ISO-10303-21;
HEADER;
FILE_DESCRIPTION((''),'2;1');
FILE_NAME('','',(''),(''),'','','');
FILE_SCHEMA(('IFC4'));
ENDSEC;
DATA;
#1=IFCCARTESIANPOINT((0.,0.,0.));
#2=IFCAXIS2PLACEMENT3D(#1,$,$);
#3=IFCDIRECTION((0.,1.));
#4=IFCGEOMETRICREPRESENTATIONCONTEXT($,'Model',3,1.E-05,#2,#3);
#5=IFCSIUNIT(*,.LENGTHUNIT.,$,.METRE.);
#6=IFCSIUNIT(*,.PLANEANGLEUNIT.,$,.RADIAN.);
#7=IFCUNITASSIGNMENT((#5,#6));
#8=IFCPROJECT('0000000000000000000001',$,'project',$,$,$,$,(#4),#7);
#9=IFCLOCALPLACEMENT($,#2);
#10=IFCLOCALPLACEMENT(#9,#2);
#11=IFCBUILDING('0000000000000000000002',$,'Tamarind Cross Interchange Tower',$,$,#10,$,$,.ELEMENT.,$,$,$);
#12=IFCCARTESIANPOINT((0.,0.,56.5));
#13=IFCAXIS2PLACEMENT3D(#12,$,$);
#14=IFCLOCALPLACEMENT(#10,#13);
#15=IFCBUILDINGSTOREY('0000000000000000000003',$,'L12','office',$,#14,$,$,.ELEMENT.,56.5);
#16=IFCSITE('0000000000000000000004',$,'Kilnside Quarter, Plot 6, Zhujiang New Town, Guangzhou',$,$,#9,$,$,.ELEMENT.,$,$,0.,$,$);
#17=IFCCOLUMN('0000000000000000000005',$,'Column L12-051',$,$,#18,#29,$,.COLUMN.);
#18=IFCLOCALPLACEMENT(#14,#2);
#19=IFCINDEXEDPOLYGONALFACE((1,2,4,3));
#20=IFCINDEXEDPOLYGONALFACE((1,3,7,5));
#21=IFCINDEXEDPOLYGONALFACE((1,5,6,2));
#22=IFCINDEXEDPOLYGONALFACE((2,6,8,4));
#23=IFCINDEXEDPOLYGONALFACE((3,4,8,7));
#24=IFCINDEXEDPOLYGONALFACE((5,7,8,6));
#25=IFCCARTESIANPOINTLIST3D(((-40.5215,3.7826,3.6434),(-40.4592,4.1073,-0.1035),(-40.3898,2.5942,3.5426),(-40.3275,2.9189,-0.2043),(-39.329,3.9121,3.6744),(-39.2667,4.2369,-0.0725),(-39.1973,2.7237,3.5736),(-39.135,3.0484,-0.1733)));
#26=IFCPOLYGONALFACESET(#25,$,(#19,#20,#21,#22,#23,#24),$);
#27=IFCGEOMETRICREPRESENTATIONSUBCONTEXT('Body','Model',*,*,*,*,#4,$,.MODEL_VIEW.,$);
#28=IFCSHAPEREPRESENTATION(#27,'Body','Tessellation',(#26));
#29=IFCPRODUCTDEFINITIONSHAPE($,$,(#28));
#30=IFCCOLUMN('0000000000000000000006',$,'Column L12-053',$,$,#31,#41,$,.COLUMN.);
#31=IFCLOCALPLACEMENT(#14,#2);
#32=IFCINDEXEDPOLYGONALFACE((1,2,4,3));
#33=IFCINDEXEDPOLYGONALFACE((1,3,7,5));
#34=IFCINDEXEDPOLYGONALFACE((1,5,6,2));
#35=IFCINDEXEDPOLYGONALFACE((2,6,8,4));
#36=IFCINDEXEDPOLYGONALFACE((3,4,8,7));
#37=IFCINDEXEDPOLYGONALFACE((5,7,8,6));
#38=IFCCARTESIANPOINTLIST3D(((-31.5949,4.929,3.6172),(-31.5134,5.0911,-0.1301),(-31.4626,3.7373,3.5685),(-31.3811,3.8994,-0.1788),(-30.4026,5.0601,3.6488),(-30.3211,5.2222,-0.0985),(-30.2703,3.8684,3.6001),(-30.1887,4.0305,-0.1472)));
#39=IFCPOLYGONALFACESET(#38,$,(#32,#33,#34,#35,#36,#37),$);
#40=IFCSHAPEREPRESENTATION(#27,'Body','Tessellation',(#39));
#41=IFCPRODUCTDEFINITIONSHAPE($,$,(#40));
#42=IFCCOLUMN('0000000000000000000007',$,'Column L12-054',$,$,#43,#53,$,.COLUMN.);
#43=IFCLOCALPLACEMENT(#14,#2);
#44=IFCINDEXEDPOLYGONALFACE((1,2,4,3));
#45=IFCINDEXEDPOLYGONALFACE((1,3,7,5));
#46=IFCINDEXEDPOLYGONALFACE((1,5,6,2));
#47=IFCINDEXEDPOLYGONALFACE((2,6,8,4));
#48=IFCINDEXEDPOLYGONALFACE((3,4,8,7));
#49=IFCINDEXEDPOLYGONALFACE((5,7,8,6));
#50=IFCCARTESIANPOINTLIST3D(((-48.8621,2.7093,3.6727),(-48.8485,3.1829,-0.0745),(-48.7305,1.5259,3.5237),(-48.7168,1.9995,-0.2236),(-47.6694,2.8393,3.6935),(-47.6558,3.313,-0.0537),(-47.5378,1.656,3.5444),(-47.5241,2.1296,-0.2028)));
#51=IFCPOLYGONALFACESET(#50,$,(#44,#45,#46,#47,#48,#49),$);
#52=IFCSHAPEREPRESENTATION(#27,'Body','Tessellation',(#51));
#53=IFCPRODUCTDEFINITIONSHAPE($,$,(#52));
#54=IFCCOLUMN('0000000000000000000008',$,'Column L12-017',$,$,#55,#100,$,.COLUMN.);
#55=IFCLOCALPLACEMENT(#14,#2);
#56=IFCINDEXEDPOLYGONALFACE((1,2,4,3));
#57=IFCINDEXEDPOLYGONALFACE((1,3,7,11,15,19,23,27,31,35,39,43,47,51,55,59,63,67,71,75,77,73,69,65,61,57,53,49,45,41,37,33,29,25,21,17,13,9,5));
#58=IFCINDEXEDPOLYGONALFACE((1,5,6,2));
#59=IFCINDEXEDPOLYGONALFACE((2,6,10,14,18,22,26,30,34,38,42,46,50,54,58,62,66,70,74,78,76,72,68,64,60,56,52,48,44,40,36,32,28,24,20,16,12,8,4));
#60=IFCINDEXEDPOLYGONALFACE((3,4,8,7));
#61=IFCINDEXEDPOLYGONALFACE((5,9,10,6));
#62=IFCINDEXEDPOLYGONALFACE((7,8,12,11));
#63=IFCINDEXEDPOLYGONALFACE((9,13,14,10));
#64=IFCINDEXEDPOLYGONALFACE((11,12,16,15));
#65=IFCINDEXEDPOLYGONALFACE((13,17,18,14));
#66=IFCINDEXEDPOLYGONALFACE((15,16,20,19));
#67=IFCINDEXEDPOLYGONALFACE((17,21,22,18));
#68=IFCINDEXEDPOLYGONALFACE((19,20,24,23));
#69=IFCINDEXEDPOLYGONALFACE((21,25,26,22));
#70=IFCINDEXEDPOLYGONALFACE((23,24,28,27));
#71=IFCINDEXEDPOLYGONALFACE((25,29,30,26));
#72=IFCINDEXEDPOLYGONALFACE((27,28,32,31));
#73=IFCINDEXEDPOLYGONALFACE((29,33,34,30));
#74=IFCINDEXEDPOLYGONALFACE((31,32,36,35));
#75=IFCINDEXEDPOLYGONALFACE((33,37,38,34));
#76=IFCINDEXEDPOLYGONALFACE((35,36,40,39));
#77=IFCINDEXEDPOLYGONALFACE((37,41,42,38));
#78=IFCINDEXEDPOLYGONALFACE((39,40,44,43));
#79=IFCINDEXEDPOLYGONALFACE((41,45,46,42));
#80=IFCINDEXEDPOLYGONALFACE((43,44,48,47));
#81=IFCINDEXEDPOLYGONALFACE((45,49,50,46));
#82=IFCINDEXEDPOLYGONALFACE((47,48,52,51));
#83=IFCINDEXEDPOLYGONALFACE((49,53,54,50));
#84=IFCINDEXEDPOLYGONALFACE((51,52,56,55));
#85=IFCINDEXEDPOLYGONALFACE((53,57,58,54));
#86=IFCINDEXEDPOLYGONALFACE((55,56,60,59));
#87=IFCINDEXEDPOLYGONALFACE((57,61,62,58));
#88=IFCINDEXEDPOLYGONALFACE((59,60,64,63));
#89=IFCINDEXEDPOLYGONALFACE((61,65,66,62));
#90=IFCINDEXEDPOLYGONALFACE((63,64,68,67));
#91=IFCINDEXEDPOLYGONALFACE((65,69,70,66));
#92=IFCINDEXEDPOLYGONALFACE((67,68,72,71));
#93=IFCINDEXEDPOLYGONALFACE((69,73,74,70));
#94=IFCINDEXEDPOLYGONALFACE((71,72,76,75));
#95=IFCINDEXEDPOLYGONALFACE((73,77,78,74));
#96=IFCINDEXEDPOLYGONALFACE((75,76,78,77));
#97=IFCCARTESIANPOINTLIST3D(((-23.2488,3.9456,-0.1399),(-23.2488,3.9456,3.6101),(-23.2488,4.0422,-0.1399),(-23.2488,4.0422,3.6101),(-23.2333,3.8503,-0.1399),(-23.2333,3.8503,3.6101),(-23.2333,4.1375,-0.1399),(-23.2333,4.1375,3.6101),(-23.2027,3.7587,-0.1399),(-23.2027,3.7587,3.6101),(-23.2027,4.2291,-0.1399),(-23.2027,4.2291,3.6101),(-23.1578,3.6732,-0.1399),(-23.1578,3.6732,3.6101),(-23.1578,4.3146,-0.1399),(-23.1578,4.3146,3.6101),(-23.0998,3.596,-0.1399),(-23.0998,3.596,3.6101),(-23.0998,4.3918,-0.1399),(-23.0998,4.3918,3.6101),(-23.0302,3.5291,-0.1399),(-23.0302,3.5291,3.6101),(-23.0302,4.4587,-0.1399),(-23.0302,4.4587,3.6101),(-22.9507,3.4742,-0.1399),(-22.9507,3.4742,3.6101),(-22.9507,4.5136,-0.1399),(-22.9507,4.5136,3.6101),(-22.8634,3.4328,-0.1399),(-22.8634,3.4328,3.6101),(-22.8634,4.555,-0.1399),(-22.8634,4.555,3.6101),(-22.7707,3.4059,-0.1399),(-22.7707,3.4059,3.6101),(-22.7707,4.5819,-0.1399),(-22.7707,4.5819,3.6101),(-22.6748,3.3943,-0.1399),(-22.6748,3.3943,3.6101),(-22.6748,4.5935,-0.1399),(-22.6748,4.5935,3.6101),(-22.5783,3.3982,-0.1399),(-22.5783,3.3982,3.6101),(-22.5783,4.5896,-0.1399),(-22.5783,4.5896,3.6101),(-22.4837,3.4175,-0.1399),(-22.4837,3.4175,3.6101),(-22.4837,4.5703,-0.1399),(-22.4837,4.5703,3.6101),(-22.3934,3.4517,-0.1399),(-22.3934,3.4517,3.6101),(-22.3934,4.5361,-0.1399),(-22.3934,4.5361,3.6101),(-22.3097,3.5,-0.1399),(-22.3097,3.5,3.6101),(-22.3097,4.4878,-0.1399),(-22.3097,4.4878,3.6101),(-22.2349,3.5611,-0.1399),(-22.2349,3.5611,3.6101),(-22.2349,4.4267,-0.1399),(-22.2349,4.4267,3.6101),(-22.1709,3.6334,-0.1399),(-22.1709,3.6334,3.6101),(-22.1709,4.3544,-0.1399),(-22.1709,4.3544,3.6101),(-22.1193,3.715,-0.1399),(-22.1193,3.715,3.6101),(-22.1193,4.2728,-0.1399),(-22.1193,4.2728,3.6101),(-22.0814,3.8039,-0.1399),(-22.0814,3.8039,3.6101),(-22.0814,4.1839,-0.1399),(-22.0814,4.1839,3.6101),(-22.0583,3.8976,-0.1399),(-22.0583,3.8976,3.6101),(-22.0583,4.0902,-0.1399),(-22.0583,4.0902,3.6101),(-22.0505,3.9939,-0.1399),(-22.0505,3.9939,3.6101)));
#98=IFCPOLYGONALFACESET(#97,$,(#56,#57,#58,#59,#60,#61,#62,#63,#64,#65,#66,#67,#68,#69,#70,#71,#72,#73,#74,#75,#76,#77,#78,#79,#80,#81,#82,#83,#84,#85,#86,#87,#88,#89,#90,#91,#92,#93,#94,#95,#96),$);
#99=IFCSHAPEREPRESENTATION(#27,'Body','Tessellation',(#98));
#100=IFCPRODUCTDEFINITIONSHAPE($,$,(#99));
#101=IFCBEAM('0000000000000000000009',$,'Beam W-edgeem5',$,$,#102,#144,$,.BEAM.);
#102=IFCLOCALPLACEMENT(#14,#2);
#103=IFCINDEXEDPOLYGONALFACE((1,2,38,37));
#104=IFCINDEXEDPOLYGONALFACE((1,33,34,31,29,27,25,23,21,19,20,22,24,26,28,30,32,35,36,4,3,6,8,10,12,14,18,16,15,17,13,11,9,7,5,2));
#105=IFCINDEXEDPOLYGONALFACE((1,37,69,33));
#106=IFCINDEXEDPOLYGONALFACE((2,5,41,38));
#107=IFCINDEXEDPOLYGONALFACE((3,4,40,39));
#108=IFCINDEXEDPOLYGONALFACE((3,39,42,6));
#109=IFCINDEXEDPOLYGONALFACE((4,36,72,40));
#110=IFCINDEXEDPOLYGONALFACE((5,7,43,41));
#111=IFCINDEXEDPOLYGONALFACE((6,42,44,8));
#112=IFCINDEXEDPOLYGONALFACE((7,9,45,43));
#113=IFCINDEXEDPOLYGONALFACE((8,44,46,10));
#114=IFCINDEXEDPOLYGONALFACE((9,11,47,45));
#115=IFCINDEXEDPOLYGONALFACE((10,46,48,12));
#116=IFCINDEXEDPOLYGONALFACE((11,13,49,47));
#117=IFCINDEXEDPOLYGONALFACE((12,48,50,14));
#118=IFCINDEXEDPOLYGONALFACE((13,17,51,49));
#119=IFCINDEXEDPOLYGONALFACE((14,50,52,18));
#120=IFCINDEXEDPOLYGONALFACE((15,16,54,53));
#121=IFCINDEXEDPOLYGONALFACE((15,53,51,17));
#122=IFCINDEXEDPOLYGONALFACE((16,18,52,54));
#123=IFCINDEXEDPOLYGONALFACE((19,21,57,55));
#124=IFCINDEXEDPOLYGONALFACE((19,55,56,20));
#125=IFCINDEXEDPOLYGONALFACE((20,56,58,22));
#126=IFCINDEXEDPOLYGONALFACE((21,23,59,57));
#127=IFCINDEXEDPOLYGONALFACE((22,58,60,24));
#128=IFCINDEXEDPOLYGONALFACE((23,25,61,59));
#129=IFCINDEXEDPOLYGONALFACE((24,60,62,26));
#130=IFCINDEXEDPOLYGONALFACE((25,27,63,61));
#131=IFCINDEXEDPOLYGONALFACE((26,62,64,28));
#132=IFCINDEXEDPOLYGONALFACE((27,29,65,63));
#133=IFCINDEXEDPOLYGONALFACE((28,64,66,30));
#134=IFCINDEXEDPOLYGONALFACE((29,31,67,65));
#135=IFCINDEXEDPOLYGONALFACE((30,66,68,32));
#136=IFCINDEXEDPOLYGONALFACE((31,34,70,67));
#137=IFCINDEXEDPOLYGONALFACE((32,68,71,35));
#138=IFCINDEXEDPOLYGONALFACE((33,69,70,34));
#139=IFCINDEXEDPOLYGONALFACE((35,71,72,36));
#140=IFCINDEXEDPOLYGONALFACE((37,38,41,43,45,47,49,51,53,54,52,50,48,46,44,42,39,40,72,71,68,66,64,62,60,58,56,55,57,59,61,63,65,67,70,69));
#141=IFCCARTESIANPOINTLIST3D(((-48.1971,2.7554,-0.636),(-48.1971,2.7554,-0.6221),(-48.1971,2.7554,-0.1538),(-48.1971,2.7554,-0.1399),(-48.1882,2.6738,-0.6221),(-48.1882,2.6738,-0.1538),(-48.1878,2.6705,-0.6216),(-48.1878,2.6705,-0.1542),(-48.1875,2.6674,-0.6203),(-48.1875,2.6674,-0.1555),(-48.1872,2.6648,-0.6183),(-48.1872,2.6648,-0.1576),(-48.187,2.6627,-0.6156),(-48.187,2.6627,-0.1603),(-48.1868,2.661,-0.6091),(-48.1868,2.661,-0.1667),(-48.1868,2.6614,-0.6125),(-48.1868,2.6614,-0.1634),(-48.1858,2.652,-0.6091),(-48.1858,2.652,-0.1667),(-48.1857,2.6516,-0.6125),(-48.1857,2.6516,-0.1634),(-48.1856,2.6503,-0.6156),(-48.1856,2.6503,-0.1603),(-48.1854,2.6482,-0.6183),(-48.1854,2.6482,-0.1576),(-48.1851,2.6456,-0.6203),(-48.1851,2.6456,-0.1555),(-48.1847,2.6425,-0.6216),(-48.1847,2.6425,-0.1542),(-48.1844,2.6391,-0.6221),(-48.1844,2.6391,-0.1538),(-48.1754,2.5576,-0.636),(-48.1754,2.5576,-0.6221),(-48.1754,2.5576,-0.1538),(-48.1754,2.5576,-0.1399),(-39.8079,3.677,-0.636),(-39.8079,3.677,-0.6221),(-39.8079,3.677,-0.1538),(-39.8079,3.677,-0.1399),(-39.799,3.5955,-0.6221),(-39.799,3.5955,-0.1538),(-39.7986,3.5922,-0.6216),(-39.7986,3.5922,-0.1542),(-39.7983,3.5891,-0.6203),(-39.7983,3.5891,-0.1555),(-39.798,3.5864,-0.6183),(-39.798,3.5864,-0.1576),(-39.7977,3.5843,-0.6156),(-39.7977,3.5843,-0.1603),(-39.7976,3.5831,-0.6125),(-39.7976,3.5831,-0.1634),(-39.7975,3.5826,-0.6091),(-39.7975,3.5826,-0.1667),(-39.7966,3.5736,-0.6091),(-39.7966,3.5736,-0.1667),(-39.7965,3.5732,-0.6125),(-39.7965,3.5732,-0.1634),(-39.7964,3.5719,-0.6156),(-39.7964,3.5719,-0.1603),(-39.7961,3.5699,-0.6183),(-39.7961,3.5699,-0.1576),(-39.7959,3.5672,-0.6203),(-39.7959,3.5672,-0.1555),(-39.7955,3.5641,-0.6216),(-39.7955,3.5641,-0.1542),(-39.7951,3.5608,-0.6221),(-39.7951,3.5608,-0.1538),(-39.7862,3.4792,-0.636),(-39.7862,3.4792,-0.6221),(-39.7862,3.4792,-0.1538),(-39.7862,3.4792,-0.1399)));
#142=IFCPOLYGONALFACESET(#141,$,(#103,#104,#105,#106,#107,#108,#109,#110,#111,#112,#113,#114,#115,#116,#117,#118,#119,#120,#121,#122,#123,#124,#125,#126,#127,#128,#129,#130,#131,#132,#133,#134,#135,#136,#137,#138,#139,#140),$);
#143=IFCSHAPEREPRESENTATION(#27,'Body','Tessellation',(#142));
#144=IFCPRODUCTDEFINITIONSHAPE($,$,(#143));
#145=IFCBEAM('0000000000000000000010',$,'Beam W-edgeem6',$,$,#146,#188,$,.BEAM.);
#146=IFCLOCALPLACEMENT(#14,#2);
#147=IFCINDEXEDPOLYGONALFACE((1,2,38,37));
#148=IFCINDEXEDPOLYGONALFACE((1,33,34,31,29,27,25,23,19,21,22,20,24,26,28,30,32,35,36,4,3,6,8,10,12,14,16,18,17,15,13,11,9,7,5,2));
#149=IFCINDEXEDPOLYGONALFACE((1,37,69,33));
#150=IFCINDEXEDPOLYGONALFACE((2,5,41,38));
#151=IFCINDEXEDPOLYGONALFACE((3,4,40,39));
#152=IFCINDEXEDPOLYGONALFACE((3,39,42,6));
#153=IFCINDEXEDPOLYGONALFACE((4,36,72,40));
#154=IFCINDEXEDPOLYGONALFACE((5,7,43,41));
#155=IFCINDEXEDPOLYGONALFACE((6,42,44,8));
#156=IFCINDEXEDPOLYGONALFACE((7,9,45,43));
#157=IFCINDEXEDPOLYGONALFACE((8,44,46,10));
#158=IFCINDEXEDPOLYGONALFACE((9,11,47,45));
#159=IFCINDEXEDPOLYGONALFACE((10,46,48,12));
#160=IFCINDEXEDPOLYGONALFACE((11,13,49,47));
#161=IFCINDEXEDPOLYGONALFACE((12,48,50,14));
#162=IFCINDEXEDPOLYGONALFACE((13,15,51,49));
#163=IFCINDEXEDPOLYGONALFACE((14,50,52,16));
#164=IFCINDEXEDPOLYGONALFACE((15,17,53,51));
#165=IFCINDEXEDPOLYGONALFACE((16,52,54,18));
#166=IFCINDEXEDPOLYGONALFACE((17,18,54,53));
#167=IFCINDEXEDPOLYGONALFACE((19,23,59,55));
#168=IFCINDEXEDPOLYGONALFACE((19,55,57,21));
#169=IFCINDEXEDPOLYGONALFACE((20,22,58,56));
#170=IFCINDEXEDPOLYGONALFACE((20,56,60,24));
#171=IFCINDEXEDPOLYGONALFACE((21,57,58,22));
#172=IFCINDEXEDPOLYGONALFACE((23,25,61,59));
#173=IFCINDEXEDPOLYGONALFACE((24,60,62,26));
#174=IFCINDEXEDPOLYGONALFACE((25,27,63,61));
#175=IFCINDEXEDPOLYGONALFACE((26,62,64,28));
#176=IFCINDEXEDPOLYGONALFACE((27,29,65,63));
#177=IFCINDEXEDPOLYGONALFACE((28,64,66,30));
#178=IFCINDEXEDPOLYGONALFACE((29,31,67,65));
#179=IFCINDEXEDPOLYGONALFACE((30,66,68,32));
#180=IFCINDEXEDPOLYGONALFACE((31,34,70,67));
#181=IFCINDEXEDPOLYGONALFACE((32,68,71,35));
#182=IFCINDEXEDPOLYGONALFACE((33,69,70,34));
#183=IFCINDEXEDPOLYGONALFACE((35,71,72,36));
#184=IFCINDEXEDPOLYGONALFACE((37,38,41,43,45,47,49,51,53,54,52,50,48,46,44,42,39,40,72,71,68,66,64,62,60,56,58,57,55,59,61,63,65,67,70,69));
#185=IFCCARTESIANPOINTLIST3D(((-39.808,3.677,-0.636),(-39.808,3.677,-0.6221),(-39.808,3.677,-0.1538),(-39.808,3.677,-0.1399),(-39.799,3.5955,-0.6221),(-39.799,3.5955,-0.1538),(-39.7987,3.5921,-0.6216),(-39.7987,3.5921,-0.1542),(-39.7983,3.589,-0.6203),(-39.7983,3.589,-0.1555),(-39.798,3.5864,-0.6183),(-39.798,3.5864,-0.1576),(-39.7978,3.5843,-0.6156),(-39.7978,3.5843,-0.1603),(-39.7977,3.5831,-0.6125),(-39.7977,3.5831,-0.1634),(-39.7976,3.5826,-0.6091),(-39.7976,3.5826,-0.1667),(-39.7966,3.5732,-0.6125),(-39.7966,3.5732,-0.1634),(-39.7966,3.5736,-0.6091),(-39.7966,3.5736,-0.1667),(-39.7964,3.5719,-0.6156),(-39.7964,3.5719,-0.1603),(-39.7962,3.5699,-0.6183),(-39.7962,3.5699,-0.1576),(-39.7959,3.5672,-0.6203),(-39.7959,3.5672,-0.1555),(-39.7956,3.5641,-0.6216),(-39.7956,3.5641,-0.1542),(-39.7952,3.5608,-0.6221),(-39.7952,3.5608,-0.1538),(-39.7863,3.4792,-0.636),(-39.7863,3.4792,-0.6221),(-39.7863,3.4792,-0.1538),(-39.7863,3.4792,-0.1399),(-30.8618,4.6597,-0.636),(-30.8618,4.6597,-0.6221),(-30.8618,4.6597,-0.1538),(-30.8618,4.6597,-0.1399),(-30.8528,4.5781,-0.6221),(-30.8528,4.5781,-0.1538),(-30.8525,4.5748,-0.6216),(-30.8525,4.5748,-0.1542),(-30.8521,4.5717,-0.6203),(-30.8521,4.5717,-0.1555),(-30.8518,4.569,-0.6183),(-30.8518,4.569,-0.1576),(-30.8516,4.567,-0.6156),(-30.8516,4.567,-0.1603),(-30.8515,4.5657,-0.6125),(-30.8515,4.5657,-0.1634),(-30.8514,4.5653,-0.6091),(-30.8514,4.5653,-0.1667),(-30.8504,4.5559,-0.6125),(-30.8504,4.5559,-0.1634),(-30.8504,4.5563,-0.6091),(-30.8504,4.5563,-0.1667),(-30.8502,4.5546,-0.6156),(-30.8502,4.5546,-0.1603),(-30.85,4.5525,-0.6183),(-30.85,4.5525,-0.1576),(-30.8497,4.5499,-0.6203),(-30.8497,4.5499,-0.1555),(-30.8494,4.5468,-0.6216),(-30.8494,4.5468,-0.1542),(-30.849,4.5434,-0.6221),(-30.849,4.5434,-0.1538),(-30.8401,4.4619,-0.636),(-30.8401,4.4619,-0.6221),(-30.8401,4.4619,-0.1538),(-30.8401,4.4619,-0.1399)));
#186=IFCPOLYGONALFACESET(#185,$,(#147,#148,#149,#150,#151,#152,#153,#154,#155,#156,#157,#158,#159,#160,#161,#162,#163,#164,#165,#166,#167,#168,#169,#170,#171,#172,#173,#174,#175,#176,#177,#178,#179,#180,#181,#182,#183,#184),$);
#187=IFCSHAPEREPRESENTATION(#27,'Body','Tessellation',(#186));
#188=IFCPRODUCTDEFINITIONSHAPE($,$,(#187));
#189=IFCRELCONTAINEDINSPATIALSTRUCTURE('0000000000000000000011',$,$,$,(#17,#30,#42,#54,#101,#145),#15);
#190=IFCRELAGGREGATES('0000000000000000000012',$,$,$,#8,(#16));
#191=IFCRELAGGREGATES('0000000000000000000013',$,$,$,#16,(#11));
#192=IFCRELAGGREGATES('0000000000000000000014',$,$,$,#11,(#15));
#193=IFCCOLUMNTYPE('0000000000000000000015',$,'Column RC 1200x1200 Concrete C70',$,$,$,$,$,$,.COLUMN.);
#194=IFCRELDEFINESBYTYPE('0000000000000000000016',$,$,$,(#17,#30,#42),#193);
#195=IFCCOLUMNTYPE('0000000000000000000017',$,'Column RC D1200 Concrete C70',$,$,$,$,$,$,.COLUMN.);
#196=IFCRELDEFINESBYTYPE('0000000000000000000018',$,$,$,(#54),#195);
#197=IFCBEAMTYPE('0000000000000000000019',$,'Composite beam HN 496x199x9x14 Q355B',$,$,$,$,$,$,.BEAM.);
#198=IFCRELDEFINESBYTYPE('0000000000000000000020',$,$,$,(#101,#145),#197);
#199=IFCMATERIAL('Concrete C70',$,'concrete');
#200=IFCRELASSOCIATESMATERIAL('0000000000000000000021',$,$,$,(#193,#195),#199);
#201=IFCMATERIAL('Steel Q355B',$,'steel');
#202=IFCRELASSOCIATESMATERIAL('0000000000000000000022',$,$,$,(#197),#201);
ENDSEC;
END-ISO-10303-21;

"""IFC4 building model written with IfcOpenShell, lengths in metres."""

from ifc_helpers import new_model, si_unit, direction, frame, origin, origin_2d, place, context, subcontext, project, spatial, rectangle, circle, i_section, extrude, material, material_profile, profile_set, type_object, element, save


model = new_model("IFC4")

# Units and contexts
model_context = context("Model", 3, precision=1e-05, world=origin(), true_north=direction((0.0, 1.0)))
body_context = subcontext(model_context, "Body", "Model", "MODEL_VIEW")
ifc_project = project(units=[si_unit("LENGTHUNIT", "METRE"), si_unit("PLANEANGLEUNIT", "RADIAN")], contexts=[model_context])

# Site, building, storey
site_placement = place(None, origin())
site = spatial("IfcSite", under=ifc_project, at=site_placement, Name="Kilnside Quarter, Plot 6, Zhujiang New Town, Guangzhou", CompositionType="ELEMENT", RefElevation=0.0)
building_placement = place(site_placement, origin())
building = spatial("IfcBuilding", under=site, at=building_placement, Name="Tamarind Cross Interchange Tower", CompositionType="ELEMENT")
storey_placement = place(building_placement, frame((0.0, 0.0, 56.5)))
storey = spatial("IfcBuildingStorey", under=building, at=storey_placement, Name="L12", Description="office", CompositionType="ELEMENT", Elevation=56.5)

# Columns
ifc_material_1 = material(Name="Concrete C70", Category="concrete")
ifc_material_profile_1 = material_profile(ifc_material_1, rectangle(XDim=1.2, YDim=1.2, at=origin_2d()), Name="RC 1200x1200")
ifc_profile_set_1 = profile_set([ifc_material_profile_1], Name="Concrete C70")
column_type_1 = type_object("IfcColumnType", Name="Column RC 1200x1200 Concrete C70", PredefinedType="COLUMN", material=ifc_profile_set_1)
column_1_placement = place(storey_placement, frame((-39.7971, 3.5779, -0.1384), z_axis=(-0.016551, -0.086326, 0.996129), x_axis=(0.993822, 0.10793, 0.025866)))
element("IfcColumn", 1, at=column_1_placement, inside=storey, type_object=column_type_1, Name="Column L12-051", PredefinedType="COLUMN", context=body_context, shape_type="SweptSolid", body=[
    extrude(rectangle(XDim=1.2, YDim=1.2, at=origin_2d()), origin(), (0.0, 0.0, 1.0), 3.7615),
])
column_2_placement = place(storey_placement, frame((-30.8511, 4.5608, -0.1387), z_axis=(-0.021735, -0.04321, 0.99883), x_axis=(0.993665, 0.109254, 0.026349)))
element("IfcColumn", 2, at=column_2_placement, inside=storey, type_object=column_type_1, Name="Column L12-053", PredefinedType="COLUMN", context=body_context, shape_type="SweptSolid", body=[
    extrude(rectangle(XDim=1.2, YDim=1.2, at=origin_2d()), origin(), (0.0, 0.0, 1.0), 3.7517),
])
column_3_placement = place(storey_placement, frame((-48.1863, 2.6562, -0.1387), z_axis=(-0.00362, -0.125394, 0.9921), x_axis=(0.993956, 0.108401, 0.017328)))
element("IfcColumn", 3, at=column_3_placement, inside=storey, type_object=column_type_1, Name="Column L12-054", PredefinedType="COLUMN", context=body_context, shape_type="SweptSolid", body=[
    extrude(rectangle(XDim=1.2, YDim=1.2, at=origin_2d()), origin(), (0.0, 0.0, 1.0), 3.7771),
])
ifc_material_profile_2 = material_profile(ifc_material_1, circle(Radius=0.6001, at=origin_2d()), Name="RC D1200")
ifc_profile_set_2 = profile_set([ifc_material_profile_2], Name="Concrete C70")
column_type_2 = type_object("IfcColumnType", Name="Column RC D1200 Concrete C70", PredefinedType="COLUMN", material=ifc_profile_set_2)
column_4_placement = place(storey_placement, frame((-22.6506, 3.9939, -0.1399), z_axis=(0.0, 0.0, 1.0), x_axis=(1.0, 0.0, 0.0)))
element("IfcColumn", 4, at=column_4_placement, inside=storey, type_object=column_type_2, Name="Column L12-017", PredefinedType="COLUMN", context=body_context, shape_type="SweptSolid", body=[
    extrude(circle(Radius=0.6001, at=origin_2d()), origin(), (0.0, 0.0, 1.0), 3.75),
])

# Beams
ifc_material_2 = material(Name="Steel Q355B", Category="steel")
ifc_material_profile_3 = material_profile(ifc_material_2, i_section(OverallWidth=0.199, OverallDepth=0.4961, WebThickness=0.009, FlangeThickness=0.0139, FilletRadius=0.0129, at=origin_2d()), Name="HN 496x199x9x14")
ifc_profile_set_3 = profile_set([ifc_material_profile_3], Name="Steel Q355B")
beam_type_1 = type_object("IfcBeamType", Name="Composite beam HN 496x199x9x14 Q355B", PredefinedType="BEAM", material=ifc_profile_set_3)
beam_1_placement = place(storey_placement, frame((-48.1863, 2.6565, -0.3879), z_axis=(0.99402, 0.109203, 0.0), x_axis=(-0.109203, 0.99402, 0.0)))
element("IfcBeam", 5, at=beam_1_placement, inside=storey, type_object=beam_type_1, Name="Beam W-edgeem5", PredefinedType="BEAM", context=body_context, shape_type="SweptSolid", body=[
    extrude(i_section(OverallWidth=0.199, OverallDepth=0.4961, WebThickness=0.009, FlangeThickness=0.0139, FilletRadius=0.0129, at=origin_2d()), origin(), (0.0, 0.0, 1.0), 8.4397),
])
beam_2_placement = place(storey_placement, frame((-39.7971, 3.5781, -0.3879), z_axis=(0.994022, 0.109184, 0.0), x_axis=(-0.109184, 0.994022, 0.0)))
element("IfcBeam", 6, at=beam_2_placement, inside=storey, type_object=beam_type_1, Name="Beam W-edgeem6", PredefinedType="BEAM", context=body_context, shape_type="SweptSolid", body=[
    extrude(i_section(OverallWidth=0.199, OverallDepth=0.4961, WebThickness=0.009, FlangeThickness=0.0139, FilletRadius=0.0129, at=origin_2d()), origin(), (0.0, 0.0, 1.0), 9.0),
])

save(model, "model.ifc")
